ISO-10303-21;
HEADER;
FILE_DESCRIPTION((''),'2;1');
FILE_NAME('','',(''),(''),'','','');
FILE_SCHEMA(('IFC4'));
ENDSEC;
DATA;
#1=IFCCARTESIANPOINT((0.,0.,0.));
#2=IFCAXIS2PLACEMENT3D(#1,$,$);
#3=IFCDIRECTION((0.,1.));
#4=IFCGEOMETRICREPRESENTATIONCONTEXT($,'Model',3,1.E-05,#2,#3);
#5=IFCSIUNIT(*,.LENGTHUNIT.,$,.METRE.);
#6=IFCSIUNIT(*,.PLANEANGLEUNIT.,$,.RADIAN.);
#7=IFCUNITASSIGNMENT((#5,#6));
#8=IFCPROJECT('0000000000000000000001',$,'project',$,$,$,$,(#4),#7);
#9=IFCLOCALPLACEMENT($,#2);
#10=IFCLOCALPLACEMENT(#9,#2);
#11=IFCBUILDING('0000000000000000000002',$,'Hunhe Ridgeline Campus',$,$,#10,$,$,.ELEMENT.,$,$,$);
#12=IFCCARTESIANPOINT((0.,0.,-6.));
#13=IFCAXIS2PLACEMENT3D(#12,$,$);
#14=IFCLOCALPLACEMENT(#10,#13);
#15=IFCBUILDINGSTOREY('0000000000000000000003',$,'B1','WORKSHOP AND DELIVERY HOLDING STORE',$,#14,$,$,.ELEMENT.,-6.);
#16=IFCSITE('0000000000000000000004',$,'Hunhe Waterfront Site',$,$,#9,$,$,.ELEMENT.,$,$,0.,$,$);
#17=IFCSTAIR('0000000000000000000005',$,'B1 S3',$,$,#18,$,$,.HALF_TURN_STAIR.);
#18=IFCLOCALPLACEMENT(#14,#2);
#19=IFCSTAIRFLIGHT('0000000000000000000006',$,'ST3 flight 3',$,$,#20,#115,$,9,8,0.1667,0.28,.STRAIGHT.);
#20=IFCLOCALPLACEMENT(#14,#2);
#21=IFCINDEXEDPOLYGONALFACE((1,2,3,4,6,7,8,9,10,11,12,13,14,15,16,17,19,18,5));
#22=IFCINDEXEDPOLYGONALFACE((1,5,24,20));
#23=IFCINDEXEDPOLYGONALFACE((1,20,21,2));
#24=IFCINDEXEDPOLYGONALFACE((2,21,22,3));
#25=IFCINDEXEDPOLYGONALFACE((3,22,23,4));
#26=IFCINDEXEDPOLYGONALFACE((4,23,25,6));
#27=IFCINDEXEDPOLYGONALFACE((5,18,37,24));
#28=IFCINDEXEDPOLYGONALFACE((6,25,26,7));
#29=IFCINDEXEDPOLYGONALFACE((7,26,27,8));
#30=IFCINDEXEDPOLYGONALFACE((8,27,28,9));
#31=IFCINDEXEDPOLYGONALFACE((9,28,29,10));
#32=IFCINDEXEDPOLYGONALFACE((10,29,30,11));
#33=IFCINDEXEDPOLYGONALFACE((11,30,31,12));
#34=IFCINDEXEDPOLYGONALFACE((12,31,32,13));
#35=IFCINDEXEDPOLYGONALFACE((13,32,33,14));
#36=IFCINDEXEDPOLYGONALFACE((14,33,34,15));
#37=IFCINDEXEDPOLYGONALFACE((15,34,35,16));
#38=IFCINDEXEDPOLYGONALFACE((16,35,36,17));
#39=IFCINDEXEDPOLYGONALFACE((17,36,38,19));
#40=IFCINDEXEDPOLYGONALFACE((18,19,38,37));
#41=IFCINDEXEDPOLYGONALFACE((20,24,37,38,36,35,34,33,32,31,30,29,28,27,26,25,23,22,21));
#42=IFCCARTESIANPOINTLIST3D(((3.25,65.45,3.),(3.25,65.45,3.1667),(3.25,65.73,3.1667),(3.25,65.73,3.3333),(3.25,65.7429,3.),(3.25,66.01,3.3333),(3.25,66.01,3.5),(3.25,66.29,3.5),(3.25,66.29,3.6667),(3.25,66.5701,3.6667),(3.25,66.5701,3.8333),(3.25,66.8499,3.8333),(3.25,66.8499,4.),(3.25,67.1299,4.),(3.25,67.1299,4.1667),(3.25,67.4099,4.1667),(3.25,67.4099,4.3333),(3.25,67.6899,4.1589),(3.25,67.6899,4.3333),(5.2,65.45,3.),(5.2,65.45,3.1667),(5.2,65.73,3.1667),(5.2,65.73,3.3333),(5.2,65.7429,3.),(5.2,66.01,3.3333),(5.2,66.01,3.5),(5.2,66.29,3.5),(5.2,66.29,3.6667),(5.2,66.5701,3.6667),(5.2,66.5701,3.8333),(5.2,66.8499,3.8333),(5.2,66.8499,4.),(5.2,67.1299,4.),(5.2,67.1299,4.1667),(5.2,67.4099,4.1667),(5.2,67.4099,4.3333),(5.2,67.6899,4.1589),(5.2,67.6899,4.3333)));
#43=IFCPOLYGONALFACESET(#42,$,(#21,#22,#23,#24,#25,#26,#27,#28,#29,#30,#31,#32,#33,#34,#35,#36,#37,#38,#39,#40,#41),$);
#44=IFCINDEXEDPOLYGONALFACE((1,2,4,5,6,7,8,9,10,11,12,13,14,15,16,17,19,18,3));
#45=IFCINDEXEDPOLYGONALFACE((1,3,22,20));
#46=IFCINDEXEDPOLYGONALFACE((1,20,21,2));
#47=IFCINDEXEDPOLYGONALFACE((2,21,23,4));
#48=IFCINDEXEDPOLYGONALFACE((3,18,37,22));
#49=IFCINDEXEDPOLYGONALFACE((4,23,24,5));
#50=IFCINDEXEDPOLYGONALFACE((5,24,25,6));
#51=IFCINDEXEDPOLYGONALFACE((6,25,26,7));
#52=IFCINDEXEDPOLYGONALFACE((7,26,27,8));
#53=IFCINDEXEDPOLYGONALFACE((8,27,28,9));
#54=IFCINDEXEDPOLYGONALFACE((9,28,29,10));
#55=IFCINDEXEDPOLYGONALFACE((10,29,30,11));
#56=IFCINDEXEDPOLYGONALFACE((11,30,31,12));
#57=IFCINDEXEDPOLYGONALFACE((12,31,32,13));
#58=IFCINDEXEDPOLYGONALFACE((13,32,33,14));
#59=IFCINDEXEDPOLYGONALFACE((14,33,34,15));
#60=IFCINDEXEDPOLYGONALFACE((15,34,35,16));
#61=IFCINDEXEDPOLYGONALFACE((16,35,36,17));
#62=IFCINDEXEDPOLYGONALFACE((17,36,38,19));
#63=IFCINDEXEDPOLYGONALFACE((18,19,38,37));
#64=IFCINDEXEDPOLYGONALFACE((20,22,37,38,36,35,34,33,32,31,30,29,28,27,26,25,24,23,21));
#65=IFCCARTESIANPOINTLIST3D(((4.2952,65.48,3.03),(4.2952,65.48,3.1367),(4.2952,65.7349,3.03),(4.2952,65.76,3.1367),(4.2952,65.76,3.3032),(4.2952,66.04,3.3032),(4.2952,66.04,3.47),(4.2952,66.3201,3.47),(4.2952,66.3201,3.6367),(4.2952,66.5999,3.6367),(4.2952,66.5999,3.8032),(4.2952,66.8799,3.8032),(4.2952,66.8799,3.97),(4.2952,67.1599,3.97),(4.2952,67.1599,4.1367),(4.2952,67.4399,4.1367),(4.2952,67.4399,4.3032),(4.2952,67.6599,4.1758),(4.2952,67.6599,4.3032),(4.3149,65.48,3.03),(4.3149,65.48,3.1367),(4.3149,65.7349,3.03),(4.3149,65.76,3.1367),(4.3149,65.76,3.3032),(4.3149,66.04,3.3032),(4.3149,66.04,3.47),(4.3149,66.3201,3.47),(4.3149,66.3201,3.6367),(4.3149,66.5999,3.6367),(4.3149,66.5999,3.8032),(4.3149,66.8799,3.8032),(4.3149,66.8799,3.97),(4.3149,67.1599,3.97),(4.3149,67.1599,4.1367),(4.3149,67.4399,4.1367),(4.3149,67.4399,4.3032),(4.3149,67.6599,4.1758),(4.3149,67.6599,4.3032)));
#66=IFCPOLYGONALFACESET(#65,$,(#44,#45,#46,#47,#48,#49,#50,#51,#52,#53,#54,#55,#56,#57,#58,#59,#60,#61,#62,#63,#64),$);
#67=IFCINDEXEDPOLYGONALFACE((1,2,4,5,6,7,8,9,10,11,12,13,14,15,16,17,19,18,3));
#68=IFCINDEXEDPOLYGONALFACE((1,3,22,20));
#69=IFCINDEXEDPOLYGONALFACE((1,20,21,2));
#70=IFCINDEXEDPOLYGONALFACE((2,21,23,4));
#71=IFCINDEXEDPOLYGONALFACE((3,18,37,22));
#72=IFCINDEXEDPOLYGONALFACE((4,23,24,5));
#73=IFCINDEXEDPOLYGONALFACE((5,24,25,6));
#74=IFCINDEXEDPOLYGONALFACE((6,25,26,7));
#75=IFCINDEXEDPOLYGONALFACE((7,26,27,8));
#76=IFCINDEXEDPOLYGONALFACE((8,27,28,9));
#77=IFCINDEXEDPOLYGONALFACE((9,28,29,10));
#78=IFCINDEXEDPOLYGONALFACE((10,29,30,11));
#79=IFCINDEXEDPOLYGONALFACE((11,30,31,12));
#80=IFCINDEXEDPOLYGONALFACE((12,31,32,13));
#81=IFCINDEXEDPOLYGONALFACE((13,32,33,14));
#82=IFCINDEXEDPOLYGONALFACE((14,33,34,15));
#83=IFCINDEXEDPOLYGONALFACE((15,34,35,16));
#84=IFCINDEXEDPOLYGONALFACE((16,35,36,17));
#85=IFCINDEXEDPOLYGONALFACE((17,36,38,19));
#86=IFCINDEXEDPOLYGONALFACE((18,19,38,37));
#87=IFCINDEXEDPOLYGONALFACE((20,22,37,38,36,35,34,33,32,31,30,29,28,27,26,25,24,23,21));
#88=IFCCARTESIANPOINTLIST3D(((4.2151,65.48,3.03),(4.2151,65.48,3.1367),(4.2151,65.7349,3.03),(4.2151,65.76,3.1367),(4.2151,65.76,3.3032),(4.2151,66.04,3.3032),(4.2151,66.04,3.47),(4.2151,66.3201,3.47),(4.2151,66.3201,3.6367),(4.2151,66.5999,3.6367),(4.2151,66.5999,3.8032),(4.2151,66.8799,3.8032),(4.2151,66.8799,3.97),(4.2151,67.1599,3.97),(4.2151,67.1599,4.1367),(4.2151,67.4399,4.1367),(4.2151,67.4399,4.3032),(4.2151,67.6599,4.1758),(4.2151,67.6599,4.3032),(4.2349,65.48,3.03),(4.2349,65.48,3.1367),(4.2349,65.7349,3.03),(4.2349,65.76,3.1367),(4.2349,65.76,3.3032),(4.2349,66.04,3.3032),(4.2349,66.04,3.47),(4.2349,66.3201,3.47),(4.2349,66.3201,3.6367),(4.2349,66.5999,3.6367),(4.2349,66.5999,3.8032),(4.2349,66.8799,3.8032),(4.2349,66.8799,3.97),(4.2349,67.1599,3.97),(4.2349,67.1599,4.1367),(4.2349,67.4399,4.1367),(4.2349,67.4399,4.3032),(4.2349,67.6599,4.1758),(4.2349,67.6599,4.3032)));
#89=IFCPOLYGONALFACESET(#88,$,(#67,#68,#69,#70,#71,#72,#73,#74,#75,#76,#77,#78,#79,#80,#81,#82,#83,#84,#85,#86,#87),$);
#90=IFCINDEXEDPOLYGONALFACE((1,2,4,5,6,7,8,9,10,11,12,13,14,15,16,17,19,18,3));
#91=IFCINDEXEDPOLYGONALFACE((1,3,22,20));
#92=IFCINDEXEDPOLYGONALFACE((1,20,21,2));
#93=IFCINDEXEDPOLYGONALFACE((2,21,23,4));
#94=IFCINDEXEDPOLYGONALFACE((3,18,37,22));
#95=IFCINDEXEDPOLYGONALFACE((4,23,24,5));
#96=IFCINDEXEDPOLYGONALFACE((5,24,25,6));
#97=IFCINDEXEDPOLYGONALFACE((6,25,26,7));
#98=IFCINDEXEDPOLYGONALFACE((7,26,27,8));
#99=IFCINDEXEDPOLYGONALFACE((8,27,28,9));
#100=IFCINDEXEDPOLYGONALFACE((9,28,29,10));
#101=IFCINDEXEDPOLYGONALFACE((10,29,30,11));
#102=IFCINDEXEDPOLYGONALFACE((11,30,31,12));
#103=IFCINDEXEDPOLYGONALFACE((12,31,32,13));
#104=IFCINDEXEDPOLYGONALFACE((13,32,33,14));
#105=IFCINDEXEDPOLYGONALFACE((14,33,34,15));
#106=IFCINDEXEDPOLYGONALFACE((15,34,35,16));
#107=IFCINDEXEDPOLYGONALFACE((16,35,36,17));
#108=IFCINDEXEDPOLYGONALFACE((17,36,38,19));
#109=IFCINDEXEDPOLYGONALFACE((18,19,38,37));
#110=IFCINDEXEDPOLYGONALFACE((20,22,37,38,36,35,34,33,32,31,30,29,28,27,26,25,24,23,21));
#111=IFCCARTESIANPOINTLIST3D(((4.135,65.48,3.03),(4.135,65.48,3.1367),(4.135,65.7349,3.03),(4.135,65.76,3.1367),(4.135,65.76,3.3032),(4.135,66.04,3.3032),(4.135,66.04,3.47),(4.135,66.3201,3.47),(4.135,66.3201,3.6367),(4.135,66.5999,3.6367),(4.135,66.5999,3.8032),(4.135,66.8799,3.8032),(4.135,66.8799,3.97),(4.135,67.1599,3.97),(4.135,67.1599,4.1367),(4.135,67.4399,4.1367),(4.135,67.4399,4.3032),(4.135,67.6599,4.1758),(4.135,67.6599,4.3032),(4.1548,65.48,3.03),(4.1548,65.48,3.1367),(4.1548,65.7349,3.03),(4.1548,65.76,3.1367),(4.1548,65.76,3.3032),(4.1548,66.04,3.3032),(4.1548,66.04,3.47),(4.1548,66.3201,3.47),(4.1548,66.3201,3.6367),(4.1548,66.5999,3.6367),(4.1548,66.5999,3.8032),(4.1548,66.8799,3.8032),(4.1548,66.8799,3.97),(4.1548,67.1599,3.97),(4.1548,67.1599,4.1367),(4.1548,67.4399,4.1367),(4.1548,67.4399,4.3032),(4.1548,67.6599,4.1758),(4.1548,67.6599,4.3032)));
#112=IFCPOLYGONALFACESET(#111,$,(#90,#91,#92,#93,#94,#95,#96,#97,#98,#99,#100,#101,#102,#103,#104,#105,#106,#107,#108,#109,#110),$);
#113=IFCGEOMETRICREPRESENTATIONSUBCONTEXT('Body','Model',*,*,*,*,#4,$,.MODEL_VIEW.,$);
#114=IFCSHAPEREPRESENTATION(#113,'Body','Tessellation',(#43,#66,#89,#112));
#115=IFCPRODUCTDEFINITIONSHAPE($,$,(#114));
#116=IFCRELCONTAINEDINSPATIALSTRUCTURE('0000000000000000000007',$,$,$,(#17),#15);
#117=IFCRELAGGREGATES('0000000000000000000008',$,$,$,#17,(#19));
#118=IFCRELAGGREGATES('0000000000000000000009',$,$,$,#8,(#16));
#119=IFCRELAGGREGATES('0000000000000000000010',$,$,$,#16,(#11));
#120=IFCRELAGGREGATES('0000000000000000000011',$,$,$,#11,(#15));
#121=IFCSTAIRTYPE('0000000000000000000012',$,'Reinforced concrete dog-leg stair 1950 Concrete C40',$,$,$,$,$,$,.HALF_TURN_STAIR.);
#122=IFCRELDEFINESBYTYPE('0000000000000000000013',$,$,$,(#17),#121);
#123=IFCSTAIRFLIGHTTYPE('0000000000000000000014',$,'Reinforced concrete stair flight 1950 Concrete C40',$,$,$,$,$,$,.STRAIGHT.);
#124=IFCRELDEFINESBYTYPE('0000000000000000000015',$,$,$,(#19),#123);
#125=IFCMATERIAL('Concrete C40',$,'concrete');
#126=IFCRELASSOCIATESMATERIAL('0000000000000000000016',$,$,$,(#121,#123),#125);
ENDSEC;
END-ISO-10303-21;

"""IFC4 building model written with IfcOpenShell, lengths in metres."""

from ifc_helpers import new_model, si_unit, direction, frame, origin, place, context, subcontext, project, spatial, polyline, outline, extrude, material, type_object, element, aggregate, save


model = new_model("IFC4")

# Units and contexts
model_context = context("Model", 3, precision=1e-05, world=origin(), true_north=direction((0.0, 1.0)))
body_context = subcontext(model_context, "Body", "Model", "MODEL_VIEW")
ifc_project = project(units=[si_unit("LENGTHUNIT", "METRE"), si_unit("PLANEANGLEUNIT", "RADIAN")], contexts=[model_context])

# Site, building, storey
site_placement = place(None, origin())
site = spatial("IfcSite", under=ifc_project, at=site_placement, Name="Hunhe Waterfront Site", CompositionType="ELEMENT", RefElevation=0.0)
building_placement = place(site_placement, origin())
building = spatial("IfcBuilding", under=site, at=building_placement, Name="Hunhe Ridgeline Campus", CompositionType="ELEMENT")
storey_placement = place(building_placement, frame((0.0, 0.0, -6.0)))
storey = spatial("IfcBuildingStorey", under=building, at=storey_placement, Name="B1", Description="WORKSHOP AND DELIVERY HOLDING STORE", CompositionType="ELEMENT", Elevation=-6.0)

# Stair, stair flight
ifc_material_1 = material(Name="Concrete C40", Category="concrete")
stair_type = type_object("IfcStairType", Name="Reinforced concrete dog-leg stair 1950 Concrete C40", PredefinedType="HALF_TURN_STAIR", material=ifc_material_1)
stair_1_placement = place(storey_placement, origin())
stair_1 = element("IfcStair", 1, at=stair_1_placement, inside=storey, type_object=stair_type, Name="B1 S3", PredefinedType="HALF_TURN_STAIR")
stair_flight_type = type_object("IfcStairFlightType", Name="Reinforced concrete stair flight 1950 Concrete C40", PredefinedType="STRAIGHT", material=ifc_material_1)
stair_flight_1_placement = place(storey_placement, frame((4.2251, 65.45, 3.0), z_axis=(0.0, 0.0, 1.0), x_axis=(0.0, 1.0, 0.0)))
stair_flight_1 = element("IfcStairFlight", 2, at=stair_flight_1_placement, type_object=stair_flight_type, Name="ST3 flight 3", NumberOfRisers=9, NumberOfTreads=8, PredefinedType="STRAIGHT", RiserHeight=0.1667, TreadLength=0.28, context=body_context, shape_type="SweptSolid", body=[
    extrude(outline(polyline([(0.0, 0.0), (0.0, 0.1667), (0.28, 0.1667), (0.28, 0.3333), (0.5601, 0.3333), (0.5601, 0.5), (0.8401, 0.5), (0.8401, 0.6667), (1.1201, 0.6667), (1.1201, 0.8333), (1.3999, 0.8333), (1.3999, 1.0), (1.6799, 1.0), (1.6799, 1.1667), (1.96, 1.1667), (1.96, 1.3333), (2.24, 1.3333), (2.24, 1.5), (2.24, 1.1589), (0.293, 0.0), (0.0, 0.0)])), frame((0.0, 0.9751, 0.0), z_axis=(0.0, -1.0, 0.0), x_axis=(1.0, 0.0, 0.0)), (0.0, 0.0, 1.0), 1.95),
    extrude(outline(polyline([(0.03, 0.03), (0.03, 0.1367), (0.3101, 0.1367), (0.3101, 0.3032), (0.5901, 0.3032), (0.5901, 0.47), (0.8701, 0.47), (0.8701, 0.6367), (1.1499, 0.6367), (1.1499, 0.8032), (1.4299, 0.8032), (1.4299, 0.97), (1.71, 0.97), (1.71, 1.1367), (1.99, 1.1367), (1.99, 1.3032), (2.21, 1.3032), (2.21, 1.1758), (0.2849, 0.03), (0.03, 0.03)])), frame((0.0, -0.0701, 0.0), z_axis=(0.0, -1.0, 0.0), x_axis=(1.0, 0.0, 0.0)), (0.0, 0.0, 1.0), 0.0198),
    extrude(outline(polyline([(0.03, 0.03), (0.03, 0.1367), (0.3101, 0.1367), (0.3101, 0.3032), (0.5901, 0.3032), (0.5901, 0.47), (0.8701, 0.47), (0.8701, 0.6367), (1.1499, 0.6367), (1.1499, 0.8032), (1.4299, 0.8032), (1.4299, 0.97), (1.71, 0.97), (1.71, 1.1367), (1.99, 1.1367), (1.99, 1.3032), (2.21, 1.3032), (2.21, 1.1758), (0.2849, 0.03), (0.03, 0.03)])), frame((0.0, 0.01, 0.0), z_axis=(0.0, -1.0, 0.0), x_axis=(1.0, 0.0, 0.0)), (0.0, 0.0, 1.0), 0.0198),
    extrude(outline(polyline([(0.03, 0.03), (0.03, 0.1367), (0.3101, 0.1367), (0.3101, 0.3032), (0.5901, 0.3032), (0.5901, 0.47), (0.8701, 0.47), (0.8701, 0.6367), (1.1499, 0.6367), (1.1499, 0.8032), (1.4299, 0.8032), (1.4299, 0.97), (1.71, 0.97), (1.71, 1.1367), (1.99, 1.1367), (1.99, 1.3032), (2.21, 1.3032), (2.21, 1.1758), (0.2849, 0.03), (0.03, 0.03)])), frame((0.0, 0.0901, 0.0), z_axis=(0.0, -1.0, 0.0), x_axis=(1.0, 0.0, 0.0)), (0.0, 0.0, 1.0), 0.0198),
])
aggregate(stair_1, [stair_flight_1])

save(model, "model.ifc")
